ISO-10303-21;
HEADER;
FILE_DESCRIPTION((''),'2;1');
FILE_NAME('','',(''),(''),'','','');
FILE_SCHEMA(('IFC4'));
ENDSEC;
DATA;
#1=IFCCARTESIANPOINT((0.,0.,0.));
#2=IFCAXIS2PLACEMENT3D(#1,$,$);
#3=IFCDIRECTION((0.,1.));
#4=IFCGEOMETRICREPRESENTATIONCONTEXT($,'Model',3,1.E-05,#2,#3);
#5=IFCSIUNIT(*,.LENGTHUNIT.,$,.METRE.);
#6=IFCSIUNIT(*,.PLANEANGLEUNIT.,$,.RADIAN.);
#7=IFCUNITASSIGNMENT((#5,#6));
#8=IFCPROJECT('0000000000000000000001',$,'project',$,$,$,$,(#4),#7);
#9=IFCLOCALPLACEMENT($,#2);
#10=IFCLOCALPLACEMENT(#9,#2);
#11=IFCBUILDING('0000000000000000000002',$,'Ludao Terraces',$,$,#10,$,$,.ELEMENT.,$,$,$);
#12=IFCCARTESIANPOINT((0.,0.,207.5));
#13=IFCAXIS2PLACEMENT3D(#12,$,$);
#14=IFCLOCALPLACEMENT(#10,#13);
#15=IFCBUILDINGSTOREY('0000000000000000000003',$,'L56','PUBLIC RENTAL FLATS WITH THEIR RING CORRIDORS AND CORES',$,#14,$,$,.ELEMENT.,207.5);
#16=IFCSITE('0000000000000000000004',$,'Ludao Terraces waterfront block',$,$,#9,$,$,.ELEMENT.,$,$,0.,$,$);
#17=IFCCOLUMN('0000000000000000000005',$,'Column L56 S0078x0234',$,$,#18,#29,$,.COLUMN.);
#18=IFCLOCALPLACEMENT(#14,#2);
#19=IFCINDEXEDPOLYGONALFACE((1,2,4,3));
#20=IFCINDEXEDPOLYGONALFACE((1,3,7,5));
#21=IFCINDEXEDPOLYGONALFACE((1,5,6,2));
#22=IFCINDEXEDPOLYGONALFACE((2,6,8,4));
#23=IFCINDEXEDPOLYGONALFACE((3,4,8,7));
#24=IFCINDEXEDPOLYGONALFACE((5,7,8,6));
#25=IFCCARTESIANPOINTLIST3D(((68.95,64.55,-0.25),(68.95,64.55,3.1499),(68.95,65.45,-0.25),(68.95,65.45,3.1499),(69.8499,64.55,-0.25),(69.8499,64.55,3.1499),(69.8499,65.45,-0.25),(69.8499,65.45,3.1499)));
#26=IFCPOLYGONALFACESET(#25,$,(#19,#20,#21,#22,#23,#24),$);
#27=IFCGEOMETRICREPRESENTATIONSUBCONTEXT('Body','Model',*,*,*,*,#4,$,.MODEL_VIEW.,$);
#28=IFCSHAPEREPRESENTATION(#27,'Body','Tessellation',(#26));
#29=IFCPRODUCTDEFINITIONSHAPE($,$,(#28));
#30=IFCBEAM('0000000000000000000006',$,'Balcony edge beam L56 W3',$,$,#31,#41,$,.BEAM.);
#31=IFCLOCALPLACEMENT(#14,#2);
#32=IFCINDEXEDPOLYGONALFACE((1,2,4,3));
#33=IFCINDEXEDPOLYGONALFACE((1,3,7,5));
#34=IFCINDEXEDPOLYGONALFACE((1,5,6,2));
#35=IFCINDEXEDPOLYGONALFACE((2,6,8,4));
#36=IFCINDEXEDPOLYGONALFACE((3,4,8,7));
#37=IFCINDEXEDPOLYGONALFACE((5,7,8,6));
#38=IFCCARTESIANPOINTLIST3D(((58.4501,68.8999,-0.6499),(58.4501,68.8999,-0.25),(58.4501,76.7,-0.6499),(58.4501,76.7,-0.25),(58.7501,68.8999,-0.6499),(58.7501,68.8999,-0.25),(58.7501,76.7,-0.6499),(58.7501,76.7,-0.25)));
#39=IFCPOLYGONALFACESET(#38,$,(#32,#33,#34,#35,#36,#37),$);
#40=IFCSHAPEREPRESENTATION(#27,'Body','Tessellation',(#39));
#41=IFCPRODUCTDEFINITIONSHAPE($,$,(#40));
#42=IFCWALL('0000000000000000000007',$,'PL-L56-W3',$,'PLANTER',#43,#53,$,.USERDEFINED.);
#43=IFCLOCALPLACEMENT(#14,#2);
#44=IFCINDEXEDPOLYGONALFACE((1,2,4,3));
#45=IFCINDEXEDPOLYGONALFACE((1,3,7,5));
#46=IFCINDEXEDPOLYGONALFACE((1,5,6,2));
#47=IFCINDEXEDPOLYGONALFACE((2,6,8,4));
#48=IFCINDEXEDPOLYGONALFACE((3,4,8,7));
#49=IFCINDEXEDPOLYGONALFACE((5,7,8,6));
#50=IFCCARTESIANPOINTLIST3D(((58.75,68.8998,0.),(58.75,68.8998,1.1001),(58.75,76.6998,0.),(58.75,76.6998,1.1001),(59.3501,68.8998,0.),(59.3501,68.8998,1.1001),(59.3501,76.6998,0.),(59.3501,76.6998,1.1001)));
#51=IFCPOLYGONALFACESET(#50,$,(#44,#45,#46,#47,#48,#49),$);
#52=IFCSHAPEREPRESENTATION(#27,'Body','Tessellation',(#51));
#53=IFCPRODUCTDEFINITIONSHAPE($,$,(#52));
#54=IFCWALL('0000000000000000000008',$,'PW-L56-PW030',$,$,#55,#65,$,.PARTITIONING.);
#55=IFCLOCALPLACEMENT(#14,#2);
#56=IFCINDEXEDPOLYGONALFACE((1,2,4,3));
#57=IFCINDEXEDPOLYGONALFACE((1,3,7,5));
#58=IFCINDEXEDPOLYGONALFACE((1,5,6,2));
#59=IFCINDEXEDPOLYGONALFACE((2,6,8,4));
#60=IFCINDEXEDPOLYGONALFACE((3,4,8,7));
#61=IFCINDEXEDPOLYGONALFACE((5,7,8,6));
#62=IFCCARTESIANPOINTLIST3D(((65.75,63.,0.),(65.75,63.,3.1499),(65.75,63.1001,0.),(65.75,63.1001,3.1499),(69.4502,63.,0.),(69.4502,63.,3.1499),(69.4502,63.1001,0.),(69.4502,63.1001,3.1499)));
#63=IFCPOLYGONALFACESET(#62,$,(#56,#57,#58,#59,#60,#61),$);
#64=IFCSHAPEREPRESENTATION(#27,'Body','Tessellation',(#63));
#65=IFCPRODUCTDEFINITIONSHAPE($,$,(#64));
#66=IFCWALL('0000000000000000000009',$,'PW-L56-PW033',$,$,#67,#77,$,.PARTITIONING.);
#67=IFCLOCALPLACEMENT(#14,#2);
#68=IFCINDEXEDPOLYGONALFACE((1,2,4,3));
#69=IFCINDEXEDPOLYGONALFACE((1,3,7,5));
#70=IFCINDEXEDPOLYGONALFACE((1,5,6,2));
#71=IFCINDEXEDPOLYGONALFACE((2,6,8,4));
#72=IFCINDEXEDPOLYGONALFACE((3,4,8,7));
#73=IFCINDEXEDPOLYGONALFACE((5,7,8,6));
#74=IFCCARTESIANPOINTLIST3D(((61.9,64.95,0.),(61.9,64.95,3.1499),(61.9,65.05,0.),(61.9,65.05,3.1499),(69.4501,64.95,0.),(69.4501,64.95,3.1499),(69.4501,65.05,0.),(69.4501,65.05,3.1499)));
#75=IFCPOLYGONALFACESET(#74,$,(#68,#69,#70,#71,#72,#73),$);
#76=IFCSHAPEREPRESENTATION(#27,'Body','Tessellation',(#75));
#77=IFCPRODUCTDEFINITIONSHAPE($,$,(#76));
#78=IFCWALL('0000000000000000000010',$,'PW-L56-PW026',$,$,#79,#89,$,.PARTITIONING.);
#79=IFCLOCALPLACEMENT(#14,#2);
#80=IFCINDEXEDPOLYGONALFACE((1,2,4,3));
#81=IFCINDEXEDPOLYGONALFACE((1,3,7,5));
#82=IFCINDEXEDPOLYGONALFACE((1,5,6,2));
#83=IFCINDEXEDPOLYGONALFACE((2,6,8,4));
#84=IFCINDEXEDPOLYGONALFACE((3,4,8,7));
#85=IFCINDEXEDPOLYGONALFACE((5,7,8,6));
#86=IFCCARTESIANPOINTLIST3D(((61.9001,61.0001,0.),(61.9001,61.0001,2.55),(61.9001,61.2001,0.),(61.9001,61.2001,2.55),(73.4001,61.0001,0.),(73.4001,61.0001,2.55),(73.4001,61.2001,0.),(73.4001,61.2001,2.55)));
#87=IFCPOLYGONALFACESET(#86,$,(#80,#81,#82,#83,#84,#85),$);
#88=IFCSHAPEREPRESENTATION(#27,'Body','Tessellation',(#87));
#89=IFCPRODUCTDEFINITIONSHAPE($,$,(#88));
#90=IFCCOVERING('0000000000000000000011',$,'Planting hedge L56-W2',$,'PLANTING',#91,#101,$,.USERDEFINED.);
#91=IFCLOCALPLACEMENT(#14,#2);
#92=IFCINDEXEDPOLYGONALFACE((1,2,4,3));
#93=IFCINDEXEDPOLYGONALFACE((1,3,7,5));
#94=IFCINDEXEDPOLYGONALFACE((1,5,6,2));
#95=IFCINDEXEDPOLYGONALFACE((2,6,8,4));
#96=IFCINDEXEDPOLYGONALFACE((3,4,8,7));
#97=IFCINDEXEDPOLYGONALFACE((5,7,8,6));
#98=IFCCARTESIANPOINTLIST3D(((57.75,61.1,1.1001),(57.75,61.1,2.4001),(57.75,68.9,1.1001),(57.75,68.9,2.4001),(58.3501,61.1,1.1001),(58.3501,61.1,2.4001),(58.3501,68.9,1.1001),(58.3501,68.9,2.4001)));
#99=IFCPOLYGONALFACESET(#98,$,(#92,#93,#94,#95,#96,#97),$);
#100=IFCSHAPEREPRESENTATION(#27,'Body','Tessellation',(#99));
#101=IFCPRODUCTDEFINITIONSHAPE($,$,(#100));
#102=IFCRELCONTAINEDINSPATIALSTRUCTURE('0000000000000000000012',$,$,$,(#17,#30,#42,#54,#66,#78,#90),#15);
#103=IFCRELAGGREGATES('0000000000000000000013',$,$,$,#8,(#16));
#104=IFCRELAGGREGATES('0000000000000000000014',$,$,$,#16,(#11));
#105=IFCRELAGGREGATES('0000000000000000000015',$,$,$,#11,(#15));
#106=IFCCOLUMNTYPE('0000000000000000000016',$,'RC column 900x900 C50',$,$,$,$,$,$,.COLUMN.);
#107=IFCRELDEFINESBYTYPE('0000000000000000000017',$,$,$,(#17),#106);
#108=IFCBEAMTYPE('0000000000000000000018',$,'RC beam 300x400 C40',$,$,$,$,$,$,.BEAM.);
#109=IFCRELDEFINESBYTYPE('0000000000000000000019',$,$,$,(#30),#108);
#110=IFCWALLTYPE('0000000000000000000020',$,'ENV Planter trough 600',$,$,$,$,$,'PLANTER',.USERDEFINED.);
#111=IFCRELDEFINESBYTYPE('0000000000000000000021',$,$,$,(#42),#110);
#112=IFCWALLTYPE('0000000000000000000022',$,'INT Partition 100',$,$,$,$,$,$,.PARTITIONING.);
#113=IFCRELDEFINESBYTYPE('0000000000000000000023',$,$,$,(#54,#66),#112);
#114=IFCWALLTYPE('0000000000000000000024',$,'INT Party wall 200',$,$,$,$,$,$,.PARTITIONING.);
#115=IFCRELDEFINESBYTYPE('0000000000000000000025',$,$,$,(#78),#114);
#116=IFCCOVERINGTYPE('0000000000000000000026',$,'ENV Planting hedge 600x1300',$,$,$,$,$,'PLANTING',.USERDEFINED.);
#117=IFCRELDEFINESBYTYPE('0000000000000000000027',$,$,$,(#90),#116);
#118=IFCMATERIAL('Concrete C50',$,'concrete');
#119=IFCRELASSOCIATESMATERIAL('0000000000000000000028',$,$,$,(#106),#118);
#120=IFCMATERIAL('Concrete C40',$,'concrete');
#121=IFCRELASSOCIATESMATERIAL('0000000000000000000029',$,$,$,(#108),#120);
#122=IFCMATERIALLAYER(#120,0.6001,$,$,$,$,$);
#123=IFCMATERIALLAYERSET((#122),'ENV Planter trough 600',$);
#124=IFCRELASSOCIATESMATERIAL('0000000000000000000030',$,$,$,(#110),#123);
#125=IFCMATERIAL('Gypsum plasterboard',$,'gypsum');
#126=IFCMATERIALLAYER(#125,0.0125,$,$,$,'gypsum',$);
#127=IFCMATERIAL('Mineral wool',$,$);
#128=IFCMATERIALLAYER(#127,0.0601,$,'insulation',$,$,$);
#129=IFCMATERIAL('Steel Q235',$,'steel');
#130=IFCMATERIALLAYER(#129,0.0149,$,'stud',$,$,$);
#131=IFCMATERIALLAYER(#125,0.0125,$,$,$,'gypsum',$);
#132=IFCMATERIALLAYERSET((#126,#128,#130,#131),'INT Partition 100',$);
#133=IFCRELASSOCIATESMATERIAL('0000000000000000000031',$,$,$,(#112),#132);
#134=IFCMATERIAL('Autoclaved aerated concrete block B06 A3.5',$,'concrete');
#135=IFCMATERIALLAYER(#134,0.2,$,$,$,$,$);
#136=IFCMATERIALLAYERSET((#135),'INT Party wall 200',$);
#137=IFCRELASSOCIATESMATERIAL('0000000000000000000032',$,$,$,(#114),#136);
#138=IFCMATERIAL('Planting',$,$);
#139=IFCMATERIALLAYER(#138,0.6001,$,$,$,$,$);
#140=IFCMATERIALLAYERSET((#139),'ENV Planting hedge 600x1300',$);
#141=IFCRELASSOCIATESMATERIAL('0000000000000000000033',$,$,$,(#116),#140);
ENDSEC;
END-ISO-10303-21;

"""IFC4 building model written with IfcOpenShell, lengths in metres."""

from ifc_helpers import new_model, si_unit, direction, frame, frame_2d, origin, origin_2d, place, context, subcontext, project, spatial, rectangle, extrude, material, layer, layer_set, material_profile, profile_set, type_object, element, save


model = new_model("IFC4")

# Units and contexts
model_context = context("Model", 3, precision=1e-05, world=origin(), true_north=direction((0.0, 1.0)))
body_context = subcontext(model_context, "Body", "Model", "MODEL_VIEW")
ifc_project = project(units=[si_unit("LENGTHUNIT", "METRE"), si_unit("PLANEANGLEUNIT", "RADIAN")], contexts=[model_context])

# Site, building, storey
site_placement = place(None, origin())
site = spatial("IfcSite", under=ifc_project, at=site_placement, Name="Ludao Terraces waterfront block", CompositionType="ELEMENT", RefElevation=0.0)
building_placement = place(site_placement, origin())
building = spatial("IfcBuilding", under=site, at=building_placement, Name="Ludao Terraces", CompositionType="ELEMENT")
storey_placement = place(building_placement, frame((0.0, 0.0, 207.5)))
storey = spatial("IfcBuildingStorey", under=building, at=storey_placement, Name="L56", Description="PUBLIC RENTAL FLATS WITH THEIR RING CORRIDORS AND CORES", CompositionType="ELEMENT", Elevation=207.5)

# Column
ifc_material_1 = material(Name="Concrete C50", Category="concrete")
ifc_material_profile_1 = material_profile(ifc_material_1, rectangle(XDim=0.8999, YDim=0.8999, at=origin_2d()), Name="900 X 900")
ifc_profile_set_1 = profile_set([ifc_material_profile_1], Name="Concrete C50")
column_type = type_object("IfcColumnType", Name="RC column 900x900 C50", PredefinedType="COLUMN", material=ifc_profile_set_1)
column_placement = place(storey_placement, frame((69.3999, 65.0, -0.25), z_axis=(0.0, 0.0, 1.0), x_axis=(1.0, 0.0, 0.0)))
element("IfcColumn", 1, at=column_placement, inside=storey, type_object=column_type, Name="Column L56 S0078x0234", PredefinedType="COLUMN", context=body_context, shape_type="SweptSolid", body=[
    extrude(rectangle(XDim=0.8999, YDim=0.8999, at=origin_2d()), origin(), (0.0, 0.0, 1.0), 3.3999),
])

# Beam
ifc_material_2 = material(Name="Concrete C40", Category="concrete")
ifc_material_profile_2 = material_profile(ifc_material_2, rectangle(XDim=0.3, YDim=0.3999, at=origin_2d()), Name="300 X 400")
ifc_profile_set_2 = profile_set([ifc_material_profile_2], Name="Concrete C40")
beam_type = type_object("IfcBeamType", Name="RC beam 300x400 C40", PredefinedType="BEAM", material=ifc_profile_set_2)
beam_placement = place(storey_placement, frame((58.6001, 68.8999, -0.45), z_axis=(0.0, 1.0, 0.0), x_axis=(-1.0, 0.0, 0.0)))
element("IfcBeam", 2, at=beam_placement, inside=storey, type_object=beam_type, Name="Balcony edge beam L56 W3", PredefinedType="BEAM", context=body_context, shape_type="SweptSolid", body=[
    extrude(rectangle(XDim=0.3, YDim=0.3999, at=origin_2d()), origin(), (0.0, 0.0, 1.0), 7.8),
])

# Wall
ifc_layer_1 = layer(ifc_material_2, 0.6001)
ifc_layer_set_1 = layer_set([ifc_layer_1], Name="ENV Planter trough 600")
wall_type_1 = type_object("IfcWallType", Name="ENV Planter trough 600", ElementType="PLANTER", PredefinedType="USERDEFINED", material=ifc_layer_set_1)
wall_1_placement = place(storey_placement, frame((59.05, 68.8999, 0.0), z_axis=(0.0, 0.0, 1.0), x_axis=(0.0, 1.0, 0.0)))
element("IfcWall", 3, at=wall_1_placement, inside=storey, type_object=wall_type_1, Name="PL-L56-W3", ObjectType="PLANTER", PredefinedType="USERDEFINED", context=body_context, shape_type="SweptSolid", body=[
    extrude(rectangle(XDim=7.8, YDim=0.6001, at=frame_2d((3.8999, 0.0))), origin(), (0.0, 0.0, 1.0), 1.1001),
])

# Shared definitions
ifc_material_3 = material(Name="Mineral wool")

# Walls
ifc_material_4 = material(Name="Gypsum plasterboard", Category="gypsum")
ifc_layer_2 = layer(ifc_material_4, 0.0125, Category="gypsum")
ifc_layer_3 = layer(ifc_material_3, 0.0601, Name="insulation")
ifc_material_5 = material(Name="Steel Q235", Category="steel")
ifc_layer_4 = layer(ifc_material_5, 0.0149, Name="stud")
ifc_layer_5 = layer(ifc_material_4, 0.0125, Category="gypsum")
ifc_layer_set_2 = layer_set([ifc_layer_2, ifc_layer_3, ifc_layer_4, ifc_layer_5], Name="INT Partition 100")
wall_type_2 = type_object("IfcWallType", Name="INT Partition 100", PredefinedType="PARTITIONING", material=ifc_layer_set_2)
wall_2_placement = place(storey_placement, frame((65.75, 63.05, 0.0), z_axis=(0.0, 0.0, 1.0), x_axis=(1.0, 0.0, 0.0)))
element("IfcWall", 4, at=wall_2_placement, inside=storey, type_object=wall_type_2, Name="PW-L56-PW030", PredefinedType="PARTITIONING", context=body_context, shape_type="SweptSolid", body=[
    extrude(rectangle(XDim=3.7002, YDim=0.1001, at=frame_2d((1.8501, 0.0))), origin(), (0.0, 0.0, 1.0), 3.1499),
])
wall_3_placement = place(storey_placement, frame((61.9001, 65.0, 0.0), z_axis=(0.0, 0.0, 1.0), x_axis=(1.0, 0.0, 0.0)))
element("IfcWall", 5, at=wall_3_placement, inside=storey, type_object=wall_type_2, Name="PW-L56-PW033", PredefinedType="PARTITIONING", context=body_context, shape_type="SweptSolid", body=[
    extrude(rectangle(XDim=7.55, YDim=0.1001, at=frame_2d((3.7749, 0.0))), origin(), (0.0, 0.0, 1.0), 3.1499),
])

# Wall
ifc_material_6 = material(Name="Autoclaved aerated concrete block B06 A3.5", Category="concrete")
ifc_layer_6 = layer(ifc_material_6, 0.2)
ifc_layer_set_3 = layer_set([ifc_layer_6], Name="INT Party wall 200")
wall_type_3 = type_object("IfcWallType", Name="INT Party wall 200", PredefinedType="PARTITIONING", material=ifc_layer_set_3)
wall_4_placement = place(storey_placement, frame((61.9001, 61.1001, 0.0), z_axis=(0.0, 0.0, 1.0), x_axis=(1.0, 0.0, 0.0)))
element("IfcWall", 6, at=wall_4_placement, inside=storey, type_object=wall_type_3, Name="PW-L56-PW026", PredefinedType="PARTITIONING", context=body_context, shape_type="SweptSolid", body=[
    extrude(rectangle(XDim=11.5, YDim=0.2, at=frame_2d((5.75, 0.0))), origin(), (0.0, 0.0, 1.0), 2.55),
])

# Covering
ifc_material_7 = material(Name="Planting")
ifc_layer_7 = layer(ifc_material_7, 0.6001)
ifc_layer_set_4 = layer_set([ifc_layer_7], Name="ENV Planting hedge 600x1300")
covering_type = type_object("IfcCoveringType", Name="ENV Planting hedge 600x1300", ElementType="PLANTING", PredefinedType="USERDEFINED", material=ifc_layer_set_4)
covering_placement = place(storey_placement, frame((58.05, 65.0, 1.1001), z_axis=(0.0, 0.0, 1.0), x_axis=(1.0, 0.0, 0.0)))
element("IfcCovering", 7, at=covering_placement, inside=storey, type_object=covering_type, Name="Planting hedge L56-W2", ObjectType="PLANTING", PredefinedType="USERDEFINED", context=body_context, shape_type="SweptSolid", body=[
    extrude(rectangle(XDim=0.6001, YDim=7.8, at=origin_2d()), origin(), (0.0, 0.0, 1.0), 1.3),
])

save(model, "model.ifc")
